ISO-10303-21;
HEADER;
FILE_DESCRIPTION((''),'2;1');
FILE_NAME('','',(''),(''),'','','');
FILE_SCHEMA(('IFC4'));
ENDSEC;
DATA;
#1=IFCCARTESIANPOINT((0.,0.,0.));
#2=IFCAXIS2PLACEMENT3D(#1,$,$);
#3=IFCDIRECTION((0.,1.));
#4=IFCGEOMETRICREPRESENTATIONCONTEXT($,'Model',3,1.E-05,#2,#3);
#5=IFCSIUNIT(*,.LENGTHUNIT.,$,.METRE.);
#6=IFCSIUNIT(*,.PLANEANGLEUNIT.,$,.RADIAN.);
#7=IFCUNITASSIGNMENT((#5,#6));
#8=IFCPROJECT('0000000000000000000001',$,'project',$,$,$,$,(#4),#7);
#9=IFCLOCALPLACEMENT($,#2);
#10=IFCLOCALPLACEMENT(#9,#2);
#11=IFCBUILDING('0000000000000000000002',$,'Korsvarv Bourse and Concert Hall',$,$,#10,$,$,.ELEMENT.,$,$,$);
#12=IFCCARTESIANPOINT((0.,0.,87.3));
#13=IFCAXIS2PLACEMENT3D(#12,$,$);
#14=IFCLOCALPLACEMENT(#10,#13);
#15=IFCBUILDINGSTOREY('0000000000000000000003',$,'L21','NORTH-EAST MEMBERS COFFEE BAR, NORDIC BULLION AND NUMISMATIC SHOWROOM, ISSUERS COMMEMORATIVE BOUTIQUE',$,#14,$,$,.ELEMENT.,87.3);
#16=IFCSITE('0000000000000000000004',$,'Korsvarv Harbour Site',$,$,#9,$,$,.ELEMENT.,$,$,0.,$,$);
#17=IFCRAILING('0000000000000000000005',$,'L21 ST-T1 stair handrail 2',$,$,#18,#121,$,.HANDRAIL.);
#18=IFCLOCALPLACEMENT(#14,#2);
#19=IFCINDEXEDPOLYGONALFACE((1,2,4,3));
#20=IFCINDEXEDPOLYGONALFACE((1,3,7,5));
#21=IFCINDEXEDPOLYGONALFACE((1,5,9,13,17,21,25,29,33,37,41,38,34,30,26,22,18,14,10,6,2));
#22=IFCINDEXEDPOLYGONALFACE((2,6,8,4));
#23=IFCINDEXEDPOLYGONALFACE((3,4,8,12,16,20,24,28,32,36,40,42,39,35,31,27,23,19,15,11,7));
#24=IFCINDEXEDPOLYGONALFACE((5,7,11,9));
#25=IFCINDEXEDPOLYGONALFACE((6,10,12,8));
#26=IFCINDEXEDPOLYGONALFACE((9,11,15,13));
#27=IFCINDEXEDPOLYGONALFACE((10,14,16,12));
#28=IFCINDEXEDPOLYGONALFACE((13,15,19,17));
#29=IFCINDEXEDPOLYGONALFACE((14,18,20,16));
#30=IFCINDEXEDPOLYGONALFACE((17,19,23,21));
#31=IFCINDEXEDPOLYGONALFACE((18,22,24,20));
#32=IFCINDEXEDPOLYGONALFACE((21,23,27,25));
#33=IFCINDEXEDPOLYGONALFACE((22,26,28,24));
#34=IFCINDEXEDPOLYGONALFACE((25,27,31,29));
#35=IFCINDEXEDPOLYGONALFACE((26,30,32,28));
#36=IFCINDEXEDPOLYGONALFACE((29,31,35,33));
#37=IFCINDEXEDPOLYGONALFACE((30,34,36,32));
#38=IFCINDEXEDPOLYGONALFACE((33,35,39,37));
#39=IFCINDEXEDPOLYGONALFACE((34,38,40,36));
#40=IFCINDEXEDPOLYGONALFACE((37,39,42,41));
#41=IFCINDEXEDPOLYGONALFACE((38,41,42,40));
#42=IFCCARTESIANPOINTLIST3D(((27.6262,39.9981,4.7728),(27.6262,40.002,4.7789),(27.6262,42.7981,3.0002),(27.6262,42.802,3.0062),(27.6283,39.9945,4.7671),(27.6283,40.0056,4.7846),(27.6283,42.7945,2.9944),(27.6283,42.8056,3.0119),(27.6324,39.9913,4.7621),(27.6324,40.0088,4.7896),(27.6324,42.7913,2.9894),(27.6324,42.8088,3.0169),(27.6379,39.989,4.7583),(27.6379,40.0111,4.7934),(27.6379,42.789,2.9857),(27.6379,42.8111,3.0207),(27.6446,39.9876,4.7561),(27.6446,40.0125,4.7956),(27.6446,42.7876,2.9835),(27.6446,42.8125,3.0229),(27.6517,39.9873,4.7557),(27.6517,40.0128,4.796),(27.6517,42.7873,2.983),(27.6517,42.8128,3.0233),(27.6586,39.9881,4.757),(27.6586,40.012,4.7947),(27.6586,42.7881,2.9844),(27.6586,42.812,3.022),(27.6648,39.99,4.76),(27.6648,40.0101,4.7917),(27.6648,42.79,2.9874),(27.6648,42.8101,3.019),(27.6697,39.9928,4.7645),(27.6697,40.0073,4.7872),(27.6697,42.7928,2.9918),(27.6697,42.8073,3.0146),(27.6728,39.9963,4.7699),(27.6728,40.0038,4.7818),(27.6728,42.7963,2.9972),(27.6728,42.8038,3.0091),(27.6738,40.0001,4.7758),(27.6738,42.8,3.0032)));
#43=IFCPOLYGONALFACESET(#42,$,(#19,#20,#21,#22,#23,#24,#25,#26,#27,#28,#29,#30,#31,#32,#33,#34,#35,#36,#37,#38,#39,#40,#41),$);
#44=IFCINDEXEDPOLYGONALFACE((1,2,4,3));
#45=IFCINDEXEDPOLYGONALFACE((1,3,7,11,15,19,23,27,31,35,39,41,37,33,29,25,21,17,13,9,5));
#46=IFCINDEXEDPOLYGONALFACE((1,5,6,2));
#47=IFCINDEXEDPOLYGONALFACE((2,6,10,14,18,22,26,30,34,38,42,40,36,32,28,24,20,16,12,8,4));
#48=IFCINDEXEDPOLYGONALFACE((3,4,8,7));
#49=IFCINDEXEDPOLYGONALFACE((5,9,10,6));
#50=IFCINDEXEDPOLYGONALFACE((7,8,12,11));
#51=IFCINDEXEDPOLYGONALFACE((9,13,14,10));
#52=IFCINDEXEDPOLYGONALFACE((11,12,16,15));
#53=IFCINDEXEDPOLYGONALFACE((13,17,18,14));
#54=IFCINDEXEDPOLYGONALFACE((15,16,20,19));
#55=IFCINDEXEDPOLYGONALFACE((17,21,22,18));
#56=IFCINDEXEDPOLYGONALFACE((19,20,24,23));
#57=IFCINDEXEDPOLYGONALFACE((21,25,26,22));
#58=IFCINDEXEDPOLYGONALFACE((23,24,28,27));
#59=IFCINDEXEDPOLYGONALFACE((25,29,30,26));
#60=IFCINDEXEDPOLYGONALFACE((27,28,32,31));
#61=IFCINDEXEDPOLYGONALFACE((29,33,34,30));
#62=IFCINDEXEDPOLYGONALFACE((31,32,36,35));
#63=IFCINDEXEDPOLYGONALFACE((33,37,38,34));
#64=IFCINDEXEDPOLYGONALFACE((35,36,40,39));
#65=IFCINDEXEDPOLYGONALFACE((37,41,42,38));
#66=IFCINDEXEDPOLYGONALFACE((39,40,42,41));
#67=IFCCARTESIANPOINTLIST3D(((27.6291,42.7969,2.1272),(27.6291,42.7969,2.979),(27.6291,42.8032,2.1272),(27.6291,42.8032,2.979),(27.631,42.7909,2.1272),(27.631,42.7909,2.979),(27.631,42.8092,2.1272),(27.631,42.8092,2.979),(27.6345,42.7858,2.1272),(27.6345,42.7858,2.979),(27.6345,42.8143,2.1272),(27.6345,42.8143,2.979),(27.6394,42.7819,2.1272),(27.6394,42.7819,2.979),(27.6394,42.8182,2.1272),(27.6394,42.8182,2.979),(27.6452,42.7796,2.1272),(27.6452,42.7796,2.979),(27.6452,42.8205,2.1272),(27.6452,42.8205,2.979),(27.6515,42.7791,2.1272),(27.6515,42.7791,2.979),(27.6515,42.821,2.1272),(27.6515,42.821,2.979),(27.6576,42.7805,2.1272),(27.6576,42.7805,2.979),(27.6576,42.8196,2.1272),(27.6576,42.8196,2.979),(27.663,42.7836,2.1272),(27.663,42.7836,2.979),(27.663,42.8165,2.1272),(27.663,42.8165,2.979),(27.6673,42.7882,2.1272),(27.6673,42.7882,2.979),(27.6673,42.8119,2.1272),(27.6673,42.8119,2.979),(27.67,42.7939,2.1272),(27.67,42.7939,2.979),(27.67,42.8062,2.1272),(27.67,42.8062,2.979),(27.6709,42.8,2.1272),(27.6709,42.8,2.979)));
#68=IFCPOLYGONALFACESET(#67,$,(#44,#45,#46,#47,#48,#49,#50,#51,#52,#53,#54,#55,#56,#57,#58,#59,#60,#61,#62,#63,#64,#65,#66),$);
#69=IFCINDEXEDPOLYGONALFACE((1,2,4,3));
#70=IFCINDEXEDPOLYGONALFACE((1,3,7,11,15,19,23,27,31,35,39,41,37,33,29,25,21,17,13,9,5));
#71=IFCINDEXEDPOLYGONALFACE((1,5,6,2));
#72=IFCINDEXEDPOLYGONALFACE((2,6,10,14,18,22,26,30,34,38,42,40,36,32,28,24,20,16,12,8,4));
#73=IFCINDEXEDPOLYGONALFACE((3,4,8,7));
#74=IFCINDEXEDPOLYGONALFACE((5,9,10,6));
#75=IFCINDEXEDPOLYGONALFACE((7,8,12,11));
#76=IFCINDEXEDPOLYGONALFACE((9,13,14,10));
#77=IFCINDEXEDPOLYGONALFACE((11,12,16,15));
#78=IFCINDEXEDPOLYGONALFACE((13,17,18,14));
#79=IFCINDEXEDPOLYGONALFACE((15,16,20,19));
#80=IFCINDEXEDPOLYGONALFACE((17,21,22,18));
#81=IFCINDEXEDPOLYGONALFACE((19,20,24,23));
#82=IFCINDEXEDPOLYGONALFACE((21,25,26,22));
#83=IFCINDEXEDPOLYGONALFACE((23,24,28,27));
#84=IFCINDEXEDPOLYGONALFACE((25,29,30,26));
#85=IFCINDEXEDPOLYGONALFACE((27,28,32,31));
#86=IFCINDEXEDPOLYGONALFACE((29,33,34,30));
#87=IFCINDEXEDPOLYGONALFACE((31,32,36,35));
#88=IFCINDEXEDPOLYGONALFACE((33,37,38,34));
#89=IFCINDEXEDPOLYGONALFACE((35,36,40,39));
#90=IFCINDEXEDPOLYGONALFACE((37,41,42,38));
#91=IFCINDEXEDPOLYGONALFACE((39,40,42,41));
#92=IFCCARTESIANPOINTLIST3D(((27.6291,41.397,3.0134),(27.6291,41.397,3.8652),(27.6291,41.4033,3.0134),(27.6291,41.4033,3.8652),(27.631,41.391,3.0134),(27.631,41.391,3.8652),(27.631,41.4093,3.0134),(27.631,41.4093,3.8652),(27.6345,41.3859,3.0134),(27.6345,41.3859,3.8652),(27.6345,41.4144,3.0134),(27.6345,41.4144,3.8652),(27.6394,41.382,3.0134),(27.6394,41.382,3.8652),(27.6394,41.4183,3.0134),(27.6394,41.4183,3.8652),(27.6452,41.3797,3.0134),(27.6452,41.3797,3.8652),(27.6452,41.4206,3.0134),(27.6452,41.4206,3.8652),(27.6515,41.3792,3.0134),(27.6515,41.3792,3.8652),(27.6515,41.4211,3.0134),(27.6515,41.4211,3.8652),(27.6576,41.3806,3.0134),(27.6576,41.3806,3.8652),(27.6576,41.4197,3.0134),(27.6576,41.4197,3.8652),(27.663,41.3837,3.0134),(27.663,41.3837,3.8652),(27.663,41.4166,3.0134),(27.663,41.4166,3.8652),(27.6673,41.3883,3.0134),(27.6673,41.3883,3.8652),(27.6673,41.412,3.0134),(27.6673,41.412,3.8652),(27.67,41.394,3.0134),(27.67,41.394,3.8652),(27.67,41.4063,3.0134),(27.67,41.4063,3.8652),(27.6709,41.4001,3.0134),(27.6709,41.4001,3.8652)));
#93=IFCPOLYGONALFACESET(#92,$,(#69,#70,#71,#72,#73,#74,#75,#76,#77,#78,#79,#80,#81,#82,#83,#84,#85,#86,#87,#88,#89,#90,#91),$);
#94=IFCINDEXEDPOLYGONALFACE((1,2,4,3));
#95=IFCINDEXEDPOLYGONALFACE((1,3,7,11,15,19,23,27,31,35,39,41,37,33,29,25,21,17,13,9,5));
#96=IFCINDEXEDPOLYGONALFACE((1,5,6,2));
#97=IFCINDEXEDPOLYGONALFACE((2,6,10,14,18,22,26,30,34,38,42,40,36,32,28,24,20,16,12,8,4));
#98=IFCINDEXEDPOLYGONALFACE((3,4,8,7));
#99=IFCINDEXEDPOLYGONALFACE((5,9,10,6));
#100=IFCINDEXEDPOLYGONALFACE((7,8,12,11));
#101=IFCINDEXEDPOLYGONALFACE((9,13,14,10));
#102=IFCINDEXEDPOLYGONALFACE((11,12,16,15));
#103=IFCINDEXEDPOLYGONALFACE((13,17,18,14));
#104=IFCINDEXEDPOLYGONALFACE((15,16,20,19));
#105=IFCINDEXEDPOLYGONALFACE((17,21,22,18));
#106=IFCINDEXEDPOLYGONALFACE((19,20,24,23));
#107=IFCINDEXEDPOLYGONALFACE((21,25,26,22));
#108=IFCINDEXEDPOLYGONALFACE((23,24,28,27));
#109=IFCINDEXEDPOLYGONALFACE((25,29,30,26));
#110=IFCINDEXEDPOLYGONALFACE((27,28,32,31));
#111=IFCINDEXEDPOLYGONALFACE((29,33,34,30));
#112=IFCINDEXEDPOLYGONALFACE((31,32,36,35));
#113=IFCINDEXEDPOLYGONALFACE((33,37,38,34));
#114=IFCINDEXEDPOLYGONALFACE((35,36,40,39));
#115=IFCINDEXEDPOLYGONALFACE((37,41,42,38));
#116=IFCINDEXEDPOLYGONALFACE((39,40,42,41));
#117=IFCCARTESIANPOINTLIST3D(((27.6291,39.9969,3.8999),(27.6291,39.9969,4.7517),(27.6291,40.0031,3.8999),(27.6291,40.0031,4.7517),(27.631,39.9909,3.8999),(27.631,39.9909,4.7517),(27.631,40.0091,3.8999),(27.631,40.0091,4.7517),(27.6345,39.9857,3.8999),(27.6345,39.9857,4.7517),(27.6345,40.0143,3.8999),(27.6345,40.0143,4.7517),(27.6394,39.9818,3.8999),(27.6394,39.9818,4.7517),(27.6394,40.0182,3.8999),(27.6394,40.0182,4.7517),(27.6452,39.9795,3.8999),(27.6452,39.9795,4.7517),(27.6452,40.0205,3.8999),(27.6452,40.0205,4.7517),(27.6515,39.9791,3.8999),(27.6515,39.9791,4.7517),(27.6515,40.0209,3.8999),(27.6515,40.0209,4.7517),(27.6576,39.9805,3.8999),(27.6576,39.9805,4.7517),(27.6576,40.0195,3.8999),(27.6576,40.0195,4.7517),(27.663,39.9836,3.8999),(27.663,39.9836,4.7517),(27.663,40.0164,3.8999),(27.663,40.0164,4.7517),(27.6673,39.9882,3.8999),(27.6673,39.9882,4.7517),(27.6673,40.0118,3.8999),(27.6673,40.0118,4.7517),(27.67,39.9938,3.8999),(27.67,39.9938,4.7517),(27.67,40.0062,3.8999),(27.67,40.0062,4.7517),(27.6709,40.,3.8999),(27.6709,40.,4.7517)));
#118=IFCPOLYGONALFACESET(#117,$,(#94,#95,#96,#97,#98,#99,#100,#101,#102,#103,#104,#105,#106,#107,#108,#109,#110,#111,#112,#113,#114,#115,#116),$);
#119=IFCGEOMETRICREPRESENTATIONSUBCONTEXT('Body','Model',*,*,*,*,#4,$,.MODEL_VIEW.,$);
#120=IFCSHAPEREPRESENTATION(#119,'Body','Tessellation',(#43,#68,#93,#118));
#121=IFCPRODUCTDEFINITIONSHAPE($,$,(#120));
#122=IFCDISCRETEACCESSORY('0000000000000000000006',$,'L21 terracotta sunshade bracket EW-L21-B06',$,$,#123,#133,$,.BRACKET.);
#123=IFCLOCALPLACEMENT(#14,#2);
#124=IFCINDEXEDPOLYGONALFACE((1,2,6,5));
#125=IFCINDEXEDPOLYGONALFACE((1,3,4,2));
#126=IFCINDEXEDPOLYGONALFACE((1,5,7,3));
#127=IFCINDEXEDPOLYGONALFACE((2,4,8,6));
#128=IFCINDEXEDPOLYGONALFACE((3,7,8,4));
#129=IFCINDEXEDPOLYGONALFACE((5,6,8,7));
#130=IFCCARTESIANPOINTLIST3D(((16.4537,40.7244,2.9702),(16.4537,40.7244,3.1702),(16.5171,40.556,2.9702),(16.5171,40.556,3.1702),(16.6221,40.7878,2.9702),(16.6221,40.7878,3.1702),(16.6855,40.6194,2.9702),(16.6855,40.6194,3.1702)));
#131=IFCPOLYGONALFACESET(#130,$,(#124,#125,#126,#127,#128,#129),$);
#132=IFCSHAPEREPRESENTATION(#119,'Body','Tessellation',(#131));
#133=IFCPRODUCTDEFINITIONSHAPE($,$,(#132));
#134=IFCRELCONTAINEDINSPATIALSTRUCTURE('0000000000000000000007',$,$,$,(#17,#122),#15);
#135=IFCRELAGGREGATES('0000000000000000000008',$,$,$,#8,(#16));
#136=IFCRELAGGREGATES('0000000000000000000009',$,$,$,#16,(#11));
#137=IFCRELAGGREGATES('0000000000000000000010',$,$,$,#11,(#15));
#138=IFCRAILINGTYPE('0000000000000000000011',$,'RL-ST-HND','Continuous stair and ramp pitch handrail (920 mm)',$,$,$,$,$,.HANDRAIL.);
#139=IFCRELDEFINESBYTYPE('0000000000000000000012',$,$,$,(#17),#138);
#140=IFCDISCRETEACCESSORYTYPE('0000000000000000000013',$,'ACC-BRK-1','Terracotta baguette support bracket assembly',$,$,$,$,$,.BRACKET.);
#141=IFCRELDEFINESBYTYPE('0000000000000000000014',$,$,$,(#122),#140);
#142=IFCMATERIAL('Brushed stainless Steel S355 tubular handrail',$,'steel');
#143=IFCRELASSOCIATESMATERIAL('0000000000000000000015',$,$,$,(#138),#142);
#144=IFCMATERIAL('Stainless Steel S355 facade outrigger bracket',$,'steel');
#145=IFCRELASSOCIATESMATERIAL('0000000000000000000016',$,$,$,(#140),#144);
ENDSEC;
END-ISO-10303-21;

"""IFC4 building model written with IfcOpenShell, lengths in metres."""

from ifc_helpers import new_model, si_unit, direction, frame, origin, origin_2d, place, context, subcontext, project, spatial, rectangle, circle, extrude, source, transform, mapped, material, type_object, element, save


model = new_model("IFC4")

# Units and contexts
model_context = context("Model", 3, precision=1e-05, world=origin(), true_north=direction((0.0, 1.0)))
body_context = subcontext(model_context, "Body", "Model", "MODEL_VIEW")
ifc_project = project(units=[si_unit("LENGTHUNIT", "METRE"), si_unit("PLANEANGLEUNIT", "RADIAN")], contexts=[model_context])

# Site, building, storey
site_placement = place(None, origin())
site = spatial("IfcSite", under=ifc_project, at=site_placement, Name="Korsvarv Harbour Site", CompositionType="ELEMENT", RefElevation=0.0)
building_placement = place(site_placement, origin())
building = spatial("IfcBuilding", under=site, at=building_placement, Name="Korsvarv Bourse and Concert Hall", CompositionType="ELEMENT")
storey_placement = place(building_placement, frame((0.0, 0.0, 87.3)))
storey = spatial("IfcBuildingStorey", under=building, at=storey_placement, Name="L21", Description="NORTH-EAST MEMBERS COFFEE BAR, NORDIC BULLION AND NUMISMATIC SHOWROOM, ISSUERS COMMEMORATIVE BOUTIQUE", CompositionType="ELEMENT", Elevation=87.3)

# Railing
ifc_material_1 = material(Name="Brushed stainless Steel S355 tubular handrail", Category="steel")
railing_type_1 = type_object("IfcRailingType", Name="RL-ST-HND", Description="Continuous stair and ramp pitch handrail (920 mm)", PredefinedType="HANDRAIL", material=ifc_material_1)
railing_1_placement = place(storey_placement, frame((27.6499, 42.8, 2.1272)))
element("IfcRailing", 1, at=railing_1_placement, inside=storey, type_object=railing_type_1, Name="L21 ST-T1 stair handrail 2", PredefinedType="HANDRAIL", context=body_context, shape_type="SweptSolid", body=[
    extrude(circle(Radius=0.0239, at=origin_2d()), frame((0.0, 0.0, 0.876), z_axis=(0.0, -0.844909, 0.53491), x_axis=(1.0, 0.0, 0.0)), (0.0, 0.0, 1.0), 3.314),
    extrude(circle(Radius=0.021, at=origin_2d()), origin(), (0.0, 0.0, 1.0), 0.8518),
    extrude(circle(Radius=0.021, at=origin_2d()), frame((0.0, -1.3999, 0.8862)), (0.0, 0.0, 1.0), 0.8518),
    extrude(circle(Radius=0.021, at=origin_2d()), frame((0.0, -2.8, 1.7727)), (0.0, 0.0, 1.0), 0.8518),
])

# Discrete accessory
ifc_material_2 = material(Name="Stainless Steel S355 facade outrigger bracket", Category="steel")
discrete_accessory_type = type_object("IfcDiscreteAccessoryType", Name="ACC-BRK-1", Description="Terracotta baguette support bracket assembly", PredefinedType="BRACKET", material=ifc_material_2)
shared_shape_1 = source(origin(), body_context, "Body", "SweptSolid", [
    extrude(rectangle(XDim=0.1799, YDim=0.1799, at=origin_2d()), origin(), (0.0, 0.0, 1.0), 0.2),
])
discrete_accessory_placement = place(storey_placement, frame((16.5696, 40.6719, 2.9702), z_axis=(0.0, 0.0, 1.0), x_axis=(0.352332, -0.935875, 0.0)))
element("IfcDiscreteAccessory", 2, at=discrete_accessory_placement, inside=storey, type_object=discrete_accessory_type, Name="L21 terracotta sunshade bracket EW-L21-B06", PredefinedType="BRACKET", context=body_context, shape_type="MappedRepresentation", body=[
    mapped(shared_shape_1, transform((0.0, 0.0, 0.0), scale=1.0)),
])

save(model, "model.ifc")
